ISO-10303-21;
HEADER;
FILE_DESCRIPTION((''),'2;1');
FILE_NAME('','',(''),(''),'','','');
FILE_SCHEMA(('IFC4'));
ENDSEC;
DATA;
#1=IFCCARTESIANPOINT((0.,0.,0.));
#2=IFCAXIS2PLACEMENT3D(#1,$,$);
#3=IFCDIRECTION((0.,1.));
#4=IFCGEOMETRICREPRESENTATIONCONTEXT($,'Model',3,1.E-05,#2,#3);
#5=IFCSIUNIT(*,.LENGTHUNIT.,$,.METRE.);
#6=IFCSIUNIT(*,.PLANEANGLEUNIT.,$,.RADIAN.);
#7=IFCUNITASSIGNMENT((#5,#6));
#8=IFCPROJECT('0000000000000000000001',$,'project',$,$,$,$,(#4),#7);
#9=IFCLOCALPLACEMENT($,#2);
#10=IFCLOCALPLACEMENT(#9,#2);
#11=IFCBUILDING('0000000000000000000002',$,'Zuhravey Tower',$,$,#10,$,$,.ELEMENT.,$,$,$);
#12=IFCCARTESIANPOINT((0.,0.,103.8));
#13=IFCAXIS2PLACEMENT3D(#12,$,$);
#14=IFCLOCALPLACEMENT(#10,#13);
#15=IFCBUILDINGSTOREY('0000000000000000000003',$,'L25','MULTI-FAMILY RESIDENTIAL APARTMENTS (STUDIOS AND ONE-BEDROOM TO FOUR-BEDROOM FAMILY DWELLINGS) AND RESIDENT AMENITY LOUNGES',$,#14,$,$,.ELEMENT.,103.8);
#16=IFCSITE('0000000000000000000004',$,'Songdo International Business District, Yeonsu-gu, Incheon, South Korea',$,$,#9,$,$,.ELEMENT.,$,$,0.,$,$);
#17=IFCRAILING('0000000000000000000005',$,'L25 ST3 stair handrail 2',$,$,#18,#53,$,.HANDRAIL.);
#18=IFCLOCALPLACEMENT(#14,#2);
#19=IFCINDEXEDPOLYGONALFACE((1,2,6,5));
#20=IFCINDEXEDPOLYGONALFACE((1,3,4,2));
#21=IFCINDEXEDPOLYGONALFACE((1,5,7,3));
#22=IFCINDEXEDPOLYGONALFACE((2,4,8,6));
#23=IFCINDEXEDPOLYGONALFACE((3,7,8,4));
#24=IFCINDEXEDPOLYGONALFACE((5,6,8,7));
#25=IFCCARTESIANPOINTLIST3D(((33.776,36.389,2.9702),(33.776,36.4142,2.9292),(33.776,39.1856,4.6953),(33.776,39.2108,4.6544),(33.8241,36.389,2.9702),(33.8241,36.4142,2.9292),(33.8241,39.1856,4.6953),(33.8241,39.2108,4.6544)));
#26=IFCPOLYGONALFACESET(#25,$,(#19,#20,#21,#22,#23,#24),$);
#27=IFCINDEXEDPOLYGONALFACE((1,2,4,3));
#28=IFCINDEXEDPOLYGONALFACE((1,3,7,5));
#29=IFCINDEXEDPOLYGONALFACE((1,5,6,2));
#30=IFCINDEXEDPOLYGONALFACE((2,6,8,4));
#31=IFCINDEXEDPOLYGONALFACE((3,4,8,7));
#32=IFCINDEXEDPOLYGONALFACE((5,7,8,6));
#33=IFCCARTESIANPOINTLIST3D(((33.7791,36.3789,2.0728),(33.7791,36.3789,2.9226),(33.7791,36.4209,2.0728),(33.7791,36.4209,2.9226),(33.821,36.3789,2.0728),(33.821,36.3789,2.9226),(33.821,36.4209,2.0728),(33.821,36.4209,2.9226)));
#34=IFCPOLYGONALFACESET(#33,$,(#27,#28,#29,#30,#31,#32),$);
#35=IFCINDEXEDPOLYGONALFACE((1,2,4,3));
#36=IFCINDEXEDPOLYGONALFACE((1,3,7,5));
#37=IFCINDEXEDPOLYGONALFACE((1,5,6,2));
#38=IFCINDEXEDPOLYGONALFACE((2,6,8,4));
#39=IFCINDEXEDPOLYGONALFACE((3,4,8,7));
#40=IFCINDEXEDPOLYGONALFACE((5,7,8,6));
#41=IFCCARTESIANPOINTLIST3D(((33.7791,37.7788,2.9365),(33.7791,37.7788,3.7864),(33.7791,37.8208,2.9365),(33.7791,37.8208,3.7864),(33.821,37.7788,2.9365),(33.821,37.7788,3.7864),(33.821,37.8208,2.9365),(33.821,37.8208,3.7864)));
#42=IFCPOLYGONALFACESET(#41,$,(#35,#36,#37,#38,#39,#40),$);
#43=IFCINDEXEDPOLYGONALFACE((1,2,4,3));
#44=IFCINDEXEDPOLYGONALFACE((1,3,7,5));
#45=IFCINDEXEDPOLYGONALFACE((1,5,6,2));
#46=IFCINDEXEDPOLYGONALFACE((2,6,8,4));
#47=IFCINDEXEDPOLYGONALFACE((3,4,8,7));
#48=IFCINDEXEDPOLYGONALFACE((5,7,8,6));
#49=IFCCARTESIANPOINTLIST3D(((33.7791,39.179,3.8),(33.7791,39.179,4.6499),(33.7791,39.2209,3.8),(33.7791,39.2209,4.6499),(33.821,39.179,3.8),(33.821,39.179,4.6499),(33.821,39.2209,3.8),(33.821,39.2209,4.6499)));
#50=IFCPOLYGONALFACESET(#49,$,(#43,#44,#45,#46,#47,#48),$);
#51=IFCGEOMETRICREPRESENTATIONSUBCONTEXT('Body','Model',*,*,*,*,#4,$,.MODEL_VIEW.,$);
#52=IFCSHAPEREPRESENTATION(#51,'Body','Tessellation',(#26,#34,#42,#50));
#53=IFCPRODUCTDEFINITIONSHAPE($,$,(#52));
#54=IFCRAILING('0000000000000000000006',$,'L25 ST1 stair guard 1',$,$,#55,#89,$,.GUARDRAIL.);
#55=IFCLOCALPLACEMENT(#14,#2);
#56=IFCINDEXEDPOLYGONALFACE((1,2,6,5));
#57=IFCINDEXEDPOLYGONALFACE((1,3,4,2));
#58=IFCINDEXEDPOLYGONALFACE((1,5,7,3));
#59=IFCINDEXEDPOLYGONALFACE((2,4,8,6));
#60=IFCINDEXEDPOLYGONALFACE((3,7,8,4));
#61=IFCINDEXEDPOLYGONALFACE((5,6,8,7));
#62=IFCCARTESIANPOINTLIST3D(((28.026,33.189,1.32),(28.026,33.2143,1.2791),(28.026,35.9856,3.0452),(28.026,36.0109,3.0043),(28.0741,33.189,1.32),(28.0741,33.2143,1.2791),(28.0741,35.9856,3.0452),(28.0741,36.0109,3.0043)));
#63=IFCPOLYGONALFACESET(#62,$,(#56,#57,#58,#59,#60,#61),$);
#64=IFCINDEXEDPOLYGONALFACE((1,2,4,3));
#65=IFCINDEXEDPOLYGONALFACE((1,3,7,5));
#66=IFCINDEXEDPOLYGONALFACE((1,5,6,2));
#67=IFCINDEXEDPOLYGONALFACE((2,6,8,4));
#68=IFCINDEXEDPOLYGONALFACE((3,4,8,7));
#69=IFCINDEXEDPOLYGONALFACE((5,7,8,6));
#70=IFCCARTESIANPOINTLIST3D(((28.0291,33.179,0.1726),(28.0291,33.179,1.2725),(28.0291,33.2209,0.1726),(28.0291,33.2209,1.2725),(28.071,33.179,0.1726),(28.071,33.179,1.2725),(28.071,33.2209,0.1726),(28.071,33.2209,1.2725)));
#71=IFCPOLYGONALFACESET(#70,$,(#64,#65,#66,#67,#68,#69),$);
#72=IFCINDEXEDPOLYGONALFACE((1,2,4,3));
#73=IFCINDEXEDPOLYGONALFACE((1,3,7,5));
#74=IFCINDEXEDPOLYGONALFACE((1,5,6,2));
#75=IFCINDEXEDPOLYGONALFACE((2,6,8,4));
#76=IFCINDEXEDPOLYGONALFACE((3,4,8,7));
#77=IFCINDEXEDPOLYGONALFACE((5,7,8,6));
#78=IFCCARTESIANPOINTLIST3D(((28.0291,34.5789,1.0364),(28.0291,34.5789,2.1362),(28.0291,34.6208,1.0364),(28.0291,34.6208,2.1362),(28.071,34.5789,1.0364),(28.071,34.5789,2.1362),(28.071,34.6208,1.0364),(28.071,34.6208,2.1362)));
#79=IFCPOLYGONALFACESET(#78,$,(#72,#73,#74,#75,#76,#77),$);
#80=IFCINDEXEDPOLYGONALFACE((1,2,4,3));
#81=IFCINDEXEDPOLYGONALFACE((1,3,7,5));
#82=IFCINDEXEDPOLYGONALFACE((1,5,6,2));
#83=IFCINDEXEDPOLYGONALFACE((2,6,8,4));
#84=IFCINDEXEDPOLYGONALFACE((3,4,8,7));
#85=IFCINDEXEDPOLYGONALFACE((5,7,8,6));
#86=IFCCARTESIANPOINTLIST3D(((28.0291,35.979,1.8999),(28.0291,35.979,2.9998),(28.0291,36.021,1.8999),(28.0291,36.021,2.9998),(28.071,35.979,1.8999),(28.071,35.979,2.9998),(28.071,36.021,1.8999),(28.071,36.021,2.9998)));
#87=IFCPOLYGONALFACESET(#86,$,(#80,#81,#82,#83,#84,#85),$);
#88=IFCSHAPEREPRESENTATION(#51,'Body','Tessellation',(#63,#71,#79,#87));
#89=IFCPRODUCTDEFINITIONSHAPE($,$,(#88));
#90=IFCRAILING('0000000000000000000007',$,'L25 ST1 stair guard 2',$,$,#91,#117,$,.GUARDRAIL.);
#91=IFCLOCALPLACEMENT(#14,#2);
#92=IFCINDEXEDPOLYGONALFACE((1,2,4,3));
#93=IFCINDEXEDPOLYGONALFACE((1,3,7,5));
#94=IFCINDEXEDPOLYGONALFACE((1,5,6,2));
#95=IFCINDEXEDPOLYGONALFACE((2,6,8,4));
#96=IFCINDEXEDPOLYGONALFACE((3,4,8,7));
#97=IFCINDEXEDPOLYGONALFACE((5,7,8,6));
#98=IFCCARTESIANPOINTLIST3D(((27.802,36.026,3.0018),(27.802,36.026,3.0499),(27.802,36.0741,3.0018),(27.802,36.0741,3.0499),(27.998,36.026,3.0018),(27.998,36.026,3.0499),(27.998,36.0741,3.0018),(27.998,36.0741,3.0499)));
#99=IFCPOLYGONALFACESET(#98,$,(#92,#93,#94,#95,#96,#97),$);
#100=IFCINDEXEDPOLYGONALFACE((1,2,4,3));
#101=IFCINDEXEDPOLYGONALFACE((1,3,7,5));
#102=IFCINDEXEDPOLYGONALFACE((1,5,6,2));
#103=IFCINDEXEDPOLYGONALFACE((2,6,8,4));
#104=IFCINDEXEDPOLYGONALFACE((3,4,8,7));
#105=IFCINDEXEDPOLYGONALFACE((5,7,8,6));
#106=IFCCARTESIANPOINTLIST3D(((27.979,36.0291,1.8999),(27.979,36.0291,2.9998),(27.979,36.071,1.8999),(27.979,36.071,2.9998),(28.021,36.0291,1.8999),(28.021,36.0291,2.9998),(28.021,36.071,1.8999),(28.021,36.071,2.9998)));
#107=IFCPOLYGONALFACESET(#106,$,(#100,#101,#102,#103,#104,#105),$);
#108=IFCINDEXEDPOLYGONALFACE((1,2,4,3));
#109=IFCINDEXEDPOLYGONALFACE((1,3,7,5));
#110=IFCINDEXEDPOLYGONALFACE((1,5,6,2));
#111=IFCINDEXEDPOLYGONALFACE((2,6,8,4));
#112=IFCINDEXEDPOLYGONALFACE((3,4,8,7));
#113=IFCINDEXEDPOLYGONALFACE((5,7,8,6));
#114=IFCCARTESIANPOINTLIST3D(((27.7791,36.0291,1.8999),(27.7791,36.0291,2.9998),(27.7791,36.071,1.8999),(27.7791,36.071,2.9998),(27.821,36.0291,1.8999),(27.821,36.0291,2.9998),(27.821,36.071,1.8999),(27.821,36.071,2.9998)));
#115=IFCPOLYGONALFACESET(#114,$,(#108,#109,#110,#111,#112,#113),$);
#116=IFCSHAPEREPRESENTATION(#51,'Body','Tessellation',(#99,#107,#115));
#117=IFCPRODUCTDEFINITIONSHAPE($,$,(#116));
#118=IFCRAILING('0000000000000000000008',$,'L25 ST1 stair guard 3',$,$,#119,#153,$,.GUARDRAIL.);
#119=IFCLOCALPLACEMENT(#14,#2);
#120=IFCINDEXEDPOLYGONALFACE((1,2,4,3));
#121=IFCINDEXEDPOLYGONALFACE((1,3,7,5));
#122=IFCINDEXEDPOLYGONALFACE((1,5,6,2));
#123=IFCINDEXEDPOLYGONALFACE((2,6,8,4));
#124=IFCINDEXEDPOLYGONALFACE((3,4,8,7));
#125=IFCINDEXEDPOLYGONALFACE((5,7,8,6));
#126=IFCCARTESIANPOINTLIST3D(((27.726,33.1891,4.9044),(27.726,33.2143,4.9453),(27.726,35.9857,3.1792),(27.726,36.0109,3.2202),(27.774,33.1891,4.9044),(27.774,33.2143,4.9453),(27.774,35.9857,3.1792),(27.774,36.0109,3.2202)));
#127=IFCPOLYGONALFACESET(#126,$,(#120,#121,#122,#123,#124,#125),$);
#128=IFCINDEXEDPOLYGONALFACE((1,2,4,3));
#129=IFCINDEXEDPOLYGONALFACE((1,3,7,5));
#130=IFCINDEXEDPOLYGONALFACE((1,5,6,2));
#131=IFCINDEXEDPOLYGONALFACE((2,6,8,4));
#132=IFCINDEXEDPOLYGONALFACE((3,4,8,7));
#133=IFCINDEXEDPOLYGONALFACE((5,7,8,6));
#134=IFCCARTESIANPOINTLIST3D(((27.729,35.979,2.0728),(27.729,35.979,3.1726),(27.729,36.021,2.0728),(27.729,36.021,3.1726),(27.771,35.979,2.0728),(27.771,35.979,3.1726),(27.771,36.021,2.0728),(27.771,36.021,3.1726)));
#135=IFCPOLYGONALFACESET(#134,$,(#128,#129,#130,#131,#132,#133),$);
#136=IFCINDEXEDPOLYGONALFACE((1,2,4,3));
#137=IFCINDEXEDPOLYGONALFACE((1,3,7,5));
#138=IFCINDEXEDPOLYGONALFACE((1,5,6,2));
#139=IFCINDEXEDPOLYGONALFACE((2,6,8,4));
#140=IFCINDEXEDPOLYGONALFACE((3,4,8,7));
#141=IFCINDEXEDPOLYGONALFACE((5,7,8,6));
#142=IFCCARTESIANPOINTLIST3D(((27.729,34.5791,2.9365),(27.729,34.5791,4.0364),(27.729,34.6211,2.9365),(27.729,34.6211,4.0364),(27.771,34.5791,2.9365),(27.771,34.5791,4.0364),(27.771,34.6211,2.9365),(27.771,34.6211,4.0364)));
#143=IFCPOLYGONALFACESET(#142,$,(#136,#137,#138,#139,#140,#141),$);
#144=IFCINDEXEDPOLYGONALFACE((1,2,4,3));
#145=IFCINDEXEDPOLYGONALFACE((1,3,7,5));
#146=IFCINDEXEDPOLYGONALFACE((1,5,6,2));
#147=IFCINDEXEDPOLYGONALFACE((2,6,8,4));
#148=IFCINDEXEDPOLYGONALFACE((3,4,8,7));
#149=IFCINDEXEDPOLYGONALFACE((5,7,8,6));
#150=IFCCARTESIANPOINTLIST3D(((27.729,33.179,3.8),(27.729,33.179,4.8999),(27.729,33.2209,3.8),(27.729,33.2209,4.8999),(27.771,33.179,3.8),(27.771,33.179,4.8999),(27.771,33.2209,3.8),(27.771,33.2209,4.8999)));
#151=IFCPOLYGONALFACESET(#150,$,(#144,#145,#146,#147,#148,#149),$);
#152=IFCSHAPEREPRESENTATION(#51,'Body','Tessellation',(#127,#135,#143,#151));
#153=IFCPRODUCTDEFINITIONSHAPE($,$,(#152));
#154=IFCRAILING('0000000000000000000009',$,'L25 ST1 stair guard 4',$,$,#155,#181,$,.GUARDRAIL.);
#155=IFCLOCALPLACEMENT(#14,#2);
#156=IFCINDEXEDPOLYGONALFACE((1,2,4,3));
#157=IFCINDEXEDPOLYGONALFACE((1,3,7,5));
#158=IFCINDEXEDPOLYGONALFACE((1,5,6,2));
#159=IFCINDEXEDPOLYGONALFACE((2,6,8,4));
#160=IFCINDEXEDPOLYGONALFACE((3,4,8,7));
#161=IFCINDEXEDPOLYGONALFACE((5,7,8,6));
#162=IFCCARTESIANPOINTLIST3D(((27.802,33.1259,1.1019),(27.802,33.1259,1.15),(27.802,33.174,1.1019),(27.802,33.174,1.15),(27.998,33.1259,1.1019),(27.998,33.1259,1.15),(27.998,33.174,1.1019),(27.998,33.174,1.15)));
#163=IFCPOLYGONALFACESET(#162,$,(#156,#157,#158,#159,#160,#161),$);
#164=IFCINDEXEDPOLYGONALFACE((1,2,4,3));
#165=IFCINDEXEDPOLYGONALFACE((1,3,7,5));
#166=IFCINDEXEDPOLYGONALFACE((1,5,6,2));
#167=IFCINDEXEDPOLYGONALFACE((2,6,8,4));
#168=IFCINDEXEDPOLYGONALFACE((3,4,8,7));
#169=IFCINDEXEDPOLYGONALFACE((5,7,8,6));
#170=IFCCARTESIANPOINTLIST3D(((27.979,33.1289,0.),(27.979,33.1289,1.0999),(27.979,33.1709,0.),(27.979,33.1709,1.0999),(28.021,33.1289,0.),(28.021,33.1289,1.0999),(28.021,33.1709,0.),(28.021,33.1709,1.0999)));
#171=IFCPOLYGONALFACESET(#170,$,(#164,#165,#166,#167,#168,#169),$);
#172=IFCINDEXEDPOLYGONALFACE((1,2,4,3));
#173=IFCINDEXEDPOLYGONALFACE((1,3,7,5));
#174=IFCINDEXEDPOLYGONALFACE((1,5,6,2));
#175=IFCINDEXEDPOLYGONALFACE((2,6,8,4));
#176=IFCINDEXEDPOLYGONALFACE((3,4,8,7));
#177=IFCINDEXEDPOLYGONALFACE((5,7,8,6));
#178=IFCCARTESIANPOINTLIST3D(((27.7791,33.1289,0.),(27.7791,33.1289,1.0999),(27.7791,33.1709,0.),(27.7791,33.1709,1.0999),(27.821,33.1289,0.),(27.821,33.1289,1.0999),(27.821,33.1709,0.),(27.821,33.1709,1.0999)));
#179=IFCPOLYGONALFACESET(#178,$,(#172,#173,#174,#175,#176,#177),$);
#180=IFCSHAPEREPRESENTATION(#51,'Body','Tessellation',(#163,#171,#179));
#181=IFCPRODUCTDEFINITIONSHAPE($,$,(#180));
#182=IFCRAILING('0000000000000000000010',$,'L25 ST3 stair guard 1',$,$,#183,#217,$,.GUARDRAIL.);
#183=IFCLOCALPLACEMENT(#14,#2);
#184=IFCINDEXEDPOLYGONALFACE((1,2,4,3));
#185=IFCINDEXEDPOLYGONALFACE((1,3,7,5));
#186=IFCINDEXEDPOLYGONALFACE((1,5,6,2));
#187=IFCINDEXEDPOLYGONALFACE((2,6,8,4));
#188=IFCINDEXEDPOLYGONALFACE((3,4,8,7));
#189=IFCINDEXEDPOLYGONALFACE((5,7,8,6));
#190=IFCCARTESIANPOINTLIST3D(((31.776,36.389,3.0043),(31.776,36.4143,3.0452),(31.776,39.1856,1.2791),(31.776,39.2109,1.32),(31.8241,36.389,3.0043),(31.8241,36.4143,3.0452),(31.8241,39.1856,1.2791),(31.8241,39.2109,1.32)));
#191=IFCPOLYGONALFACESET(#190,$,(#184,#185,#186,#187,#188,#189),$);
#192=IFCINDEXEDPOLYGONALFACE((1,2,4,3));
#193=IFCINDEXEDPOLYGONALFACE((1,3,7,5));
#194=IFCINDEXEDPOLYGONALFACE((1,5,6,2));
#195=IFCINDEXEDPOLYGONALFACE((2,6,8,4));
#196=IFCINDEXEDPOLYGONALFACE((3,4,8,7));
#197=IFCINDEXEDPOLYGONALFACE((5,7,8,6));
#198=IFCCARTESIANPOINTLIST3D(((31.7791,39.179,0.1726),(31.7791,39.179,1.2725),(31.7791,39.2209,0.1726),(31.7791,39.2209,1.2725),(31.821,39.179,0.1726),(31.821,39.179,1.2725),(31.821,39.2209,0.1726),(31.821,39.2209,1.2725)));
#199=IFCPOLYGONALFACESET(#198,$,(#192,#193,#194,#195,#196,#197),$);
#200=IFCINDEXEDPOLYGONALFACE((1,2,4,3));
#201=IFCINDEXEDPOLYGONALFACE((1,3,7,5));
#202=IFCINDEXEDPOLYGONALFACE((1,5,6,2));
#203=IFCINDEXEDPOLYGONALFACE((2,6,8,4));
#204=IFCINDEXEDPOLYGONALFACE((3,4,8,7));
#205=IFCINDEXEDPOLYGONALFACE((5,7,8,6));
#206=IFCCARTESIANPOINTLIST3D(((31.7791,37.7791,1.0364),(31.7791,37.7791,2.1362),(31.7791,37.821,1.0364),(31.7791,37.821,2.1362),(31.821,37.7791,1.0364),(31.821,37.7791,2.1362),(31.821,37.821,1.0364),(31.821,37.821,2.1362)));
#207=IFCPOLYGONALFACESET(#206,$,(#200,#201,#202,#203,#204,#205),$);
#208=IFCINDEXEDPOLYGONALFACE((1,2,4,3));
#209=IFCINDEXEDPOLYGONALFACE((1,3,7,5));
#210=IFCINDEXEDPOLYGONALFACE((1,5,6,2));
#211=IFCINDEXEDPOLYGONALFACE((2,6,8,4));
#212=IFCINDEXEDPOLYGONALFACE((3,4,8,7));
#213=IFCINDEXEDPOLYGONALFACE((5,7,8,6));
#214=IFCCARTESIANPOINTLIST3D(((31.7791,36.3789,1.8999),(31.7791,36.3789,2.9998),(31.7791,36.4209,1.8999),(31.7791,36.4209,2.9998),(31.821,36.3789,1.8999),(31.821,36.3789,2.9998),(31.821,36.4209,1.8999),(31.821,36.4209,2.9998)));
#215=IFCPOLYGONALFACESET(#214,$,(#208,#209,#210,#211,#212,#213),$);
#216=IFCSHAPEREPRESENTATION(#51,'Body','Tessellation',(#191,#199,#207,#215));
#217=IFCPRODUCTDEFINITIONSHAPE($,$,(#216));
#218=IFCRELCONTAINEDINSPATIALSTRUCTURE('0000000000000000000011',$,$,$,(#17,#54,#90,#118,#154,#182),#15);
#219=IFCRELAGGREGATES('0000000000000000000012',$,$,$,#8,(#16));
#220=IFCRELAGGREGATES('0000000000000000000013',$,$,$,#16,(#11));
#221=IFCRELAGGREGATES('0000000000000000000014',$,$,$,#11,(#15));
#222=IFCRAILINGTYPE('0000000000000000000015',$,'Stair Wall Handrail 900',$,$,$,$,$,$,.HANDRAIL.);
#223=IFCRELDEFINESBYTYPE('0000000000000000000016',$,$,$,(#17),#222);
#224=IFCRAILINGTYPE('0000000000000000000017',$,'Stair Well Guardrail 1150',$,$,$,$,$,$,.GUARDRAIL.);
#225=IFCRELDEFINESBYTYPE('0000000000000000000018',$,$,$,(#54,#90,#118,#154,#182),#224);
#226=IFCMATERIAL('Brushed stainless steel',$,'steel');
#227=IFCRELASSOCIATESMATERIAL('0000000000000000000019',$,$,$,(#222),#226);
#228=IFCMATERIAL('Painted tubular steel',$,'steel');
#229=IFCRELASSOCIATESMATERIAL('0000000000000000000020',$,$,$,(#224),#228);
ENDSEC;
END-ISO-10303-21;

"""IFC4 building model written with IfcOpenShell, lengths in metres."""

from ifc_helpers import new_model, si_unit, direction, frame, origin, origin_2d, place, context, subcontext, project, spatial, rectangle, extrude, material, type_object, element, save


model = new_model("IFC4")

# Units and contexts
model_context = context("Model", 3, precision=1e-05, world=origin(), true_north=direction((0.0, 1.0)))
body_context = subcontext(model_context, "Body", "Model", "MODEL_VIEW")
ifc_project = project(units=[si_unit("LENGTHUNIT", "METRE"), si_unit("PLANEANGLEUNIT", "RADIAN")], contexts=[model_context])

# Site, building, storey
site_placement = place(None, origin())
site = spatial("IfcSite", under=ifc_project, at=site_placement, Name="Songdo International Business District, Yeonsu-gu, Incheon, South Korea", CompositionType="ELEMENT", RefElevation=0.0)
building_placement = place(site_placement, origin())
building = spatial("IfcBuilding", under=site, at=building_placement, Name="Zuhravey Tower", CompositionType="ELEMENT")
storey_placement = place(building_placement, frame((0.0, 0.0, 103.8)))
storey = spatial("IfcBuildingStorey", under=building, at=storey_placement, Name="L25", Description="MULTI-FAMILY RESIDENTIAL APARTMENTS (STUDIOS AND ONE-BEDROOM TO FOUR-BEDROOM FAMILY DWELLINGS) AND RESIDENT AMENITY LOUNGES", CompositionType="ELEMENT", Elevation=103.8)

# Railings
ifc_material_1 = material(Name="Brushed stainless steel", Category="steel")
railing_type_1 = type_object("IfcRailingType", Name="Stair Wall Handrail 900", PredefinedType="HANDRAIL", material=ifc_material_1)
railing_1_placement = place(storey_placement, frame((33.8, 36.3999, 2.0728)))
element("IfcRailing", 1, at=railing_1_placement, inside=storey, type_object=railing_type_1, Name="L25 ST3 stair handrail 2", PredefinedType="HANDRAIL", context=body_context, shape_type="SweptSolid", body=[
    extrude(rectangle(XDim=0.0481, YDim=0.0481, at=origin_2d()), frame((0.0, 0.0017, 0.877), z_axis=(0.0, 0.85109, 0.52502), x_axis=(-1.0, 0.0, 0.0)), (0.0, 0.0, 1.0), 3.2859),
    extrude(rectangle(XDim=0.042, YDim=0.042, at=origin_2d()), origin(), (0.0, 0.0, 1.0), 0.8499),
    extrude(rectangle(XDim=0.042, YDim=0.042, at=origin_2d()), frame((0.0, 1.3999, 0.8638)), (0.0, 0.0, 1.0), 0.8499),
    extrude(rectangle(XDim=0.042, YDim=0.042, at=origin_2d()), frame((0.0, 2.8, 1.7273)), (0.0, 0.0, 1.0), 0.8499),
])
ifc_material_2 = material(Name="Painted tubular steel", Category="steel")
railing_type_2 = type_object("IfcRailingType", Name="Stair Well Guardrail 1150", PredefinedType="GUARDRAIL", material=ifc_material_2)
railing_2_placement = place(storey_placement, frame((28.05, 33.2, 0.1726)))
element("IfcRailing", 2, at=railing_2_placement, inside=storey, type_object=railing_type_2, Name="L25 ST1 stair guard 1", PredefinedType="GUARDRAIL", context=body_context, shape_type="SweptSolid", body=[
    extrude(rectangle(XDim=0.0481, YDim=0.0481, at=origin_2d()), frame((0.0, 0.0017, 1.127), z_axis=(0.0, 0.85109, 0.52502), x_axis=(-1.0, 0.0, 0.0)), (0.0, 0.0, 1.0), 3.2859),
    extrude(rectangle(XDim=0.042, YDim=0.042, at=origin_2d()), origin(), (0.0, 0.0, 1.0), 1.0999),
    extrude(rectangle(XDim=0.042, YDim=0.042, at=origin_2d()), frame((0.0, 1.3999, 0.8638)), (0.0, 0.0, 1.0), 1.0999),
    extrude(rectangle(XDim=0.042, YDim=0.042, at=origin_2d()), frame((0.0, 2.8, 1.7273)), (0.0, 0.0, 1.0), 1.0999),
])
railing_3_placement = place(storey_placement, frame((28.0, 36.05, 1.8999)))
element("IfcRailing", 3, at=railing_3_placement, inside=storey, type_object=railing_type_2, Name="L25 ST1 stair guard 2", PredefinedType="GUARDRAIL", context=body_context, shape_type="SweptSolid", body=[
    extrude(rectangle(XDim=0.0481, YDim=0.0481, at=origin_2d()), frame((-0.002, 0.0, 1.126), z_axis=(-1.0, 0.0, 0.0), x_axis=(0.0, -1.0, 0.0)), (0.0, 0.0, 1.0), 0.196),
    extrude(rectangle(XDim=0.042, YDim=0.042, at=origin_2d()), origin(), (0.0, 0.0, 1.0), 1.0999),
    extrude(rectangle(XDim=0.042, YDim=0.042, at=origin_2d()), frame((-0.2, 0.0, 0.0)), (0.0, 0.0, 1.0), 1.0999),
])
railing_4_placement = place(storey_placement, frame((27.75, 36.0, 2.0728)))
element("IfcRailing", 4, at=railing_4_placement, inside=storey, type_object=railing_type_2, Name="L25 ST1 stair guard 3", PredefinedType="GUARDRAIL", context=body_context, shape_type="SweptSolid", body=[
    extrude(rectangle(XDim=0.0481, YDim=0.0481, at=origin_2d()), frame((0.0, -0.0017, 1.127), z_axis=(0.0, -0.85109, 0.52502), x_axis=(1.0, 0.0, 0.0)), (0.0, 0.0, 1.0), 3.2859),
    extrude(rectangle(XDim=0.042, YDim=0.042, at=origin_2d()), origin(), (0.0, 0.0, 1.0), 1.0999),
    extrude(rectangle(XDim=0.042, YDim=0.042, at=origin_2d()), frame((0.0, -1.3999, 0.8638)), (0.0, 0.0, 1.0), 1.0999),
    extrude(rectangle(XDim=0.042, YDim=0.042, at=origin_2d()), frame((0.0, -2.8, 1.7273)), (0.0, 0.0, 1.0), 1.0999),
])
railing_5_placement = place(storey_placement, frame((28.0, 33.1499, 0.0)))
element("IfcRailing", 5, at=railing_5_placement, inside=storey, type_object=railing_type_2, Name="L25 ST1 stair guard 4", PredefinedType="GUARDRAIL", context=body_context, shape_type="SweptSolid", body=[
    extrude(rectangle(XDim=0.0481, YDim=0.0481, at=origin_2d()), frame((-0.002, 0.0, 1.126), z_axis=(-1.0, 0.0, 0.0), x_axis=(0.0, -1.0, 0.0)), (0.0, 0.0, 1.0), 0.196),
    extrude(rectangle(XDim=0.042, YDim=0.042, at=origin_2d()), origin(), (0.0, 0.0, 1.0), 1.0999),
    extrude(rectangle(XDim=0.042, YDim=0.042, at=origin_2d()), frame((-0.2, 0.0, 0.0)), (0.0, 0.0, 1.0), 1.0999),
])
railing_6_placement = place(storey_placement, frame((31.8, 39.2, 0.1726)))
element("IfcRailing", 6, at=railing_6_placement, inside=storey, type_object=railing_type_2, Name="L25 ST3 stair guard 1", PredefinedType="GUARDRAIL", context=body_context, shape_type="SweptSolid", body=[
    extrude(rectangle(XDim=0.0481, YDim=0.0481, at=origin_2d()), frame((0.0, -0.0017, 1.127), z_axis=(0.0, -0.85109, 0.52502), x_axis=(1.0, 0.0, 0.0)), (0.0, 0.0, 1.0), 3.2859),
    extrude(rectangle(XDim=0.042, YDim=0.042, at=origin_2d()), origin(), (0.0, 0.0, 1.0), 1.0999),
    extrude(rectangle(XDim=0.042, YDim=0.042, at=origin_2d()), frame((0.0, -1.3999, 0.8638)), (0.0, 0.0, 1.0), 1.0999),
    extrude(rectangle(XDim=0.042, YDim=0.042, at=origin_2d()), frame((0.0, -2.8, 1.7273)), (0.0, 0.0, 1.0), 1.0999),
])

save(model, "model.ifc")
